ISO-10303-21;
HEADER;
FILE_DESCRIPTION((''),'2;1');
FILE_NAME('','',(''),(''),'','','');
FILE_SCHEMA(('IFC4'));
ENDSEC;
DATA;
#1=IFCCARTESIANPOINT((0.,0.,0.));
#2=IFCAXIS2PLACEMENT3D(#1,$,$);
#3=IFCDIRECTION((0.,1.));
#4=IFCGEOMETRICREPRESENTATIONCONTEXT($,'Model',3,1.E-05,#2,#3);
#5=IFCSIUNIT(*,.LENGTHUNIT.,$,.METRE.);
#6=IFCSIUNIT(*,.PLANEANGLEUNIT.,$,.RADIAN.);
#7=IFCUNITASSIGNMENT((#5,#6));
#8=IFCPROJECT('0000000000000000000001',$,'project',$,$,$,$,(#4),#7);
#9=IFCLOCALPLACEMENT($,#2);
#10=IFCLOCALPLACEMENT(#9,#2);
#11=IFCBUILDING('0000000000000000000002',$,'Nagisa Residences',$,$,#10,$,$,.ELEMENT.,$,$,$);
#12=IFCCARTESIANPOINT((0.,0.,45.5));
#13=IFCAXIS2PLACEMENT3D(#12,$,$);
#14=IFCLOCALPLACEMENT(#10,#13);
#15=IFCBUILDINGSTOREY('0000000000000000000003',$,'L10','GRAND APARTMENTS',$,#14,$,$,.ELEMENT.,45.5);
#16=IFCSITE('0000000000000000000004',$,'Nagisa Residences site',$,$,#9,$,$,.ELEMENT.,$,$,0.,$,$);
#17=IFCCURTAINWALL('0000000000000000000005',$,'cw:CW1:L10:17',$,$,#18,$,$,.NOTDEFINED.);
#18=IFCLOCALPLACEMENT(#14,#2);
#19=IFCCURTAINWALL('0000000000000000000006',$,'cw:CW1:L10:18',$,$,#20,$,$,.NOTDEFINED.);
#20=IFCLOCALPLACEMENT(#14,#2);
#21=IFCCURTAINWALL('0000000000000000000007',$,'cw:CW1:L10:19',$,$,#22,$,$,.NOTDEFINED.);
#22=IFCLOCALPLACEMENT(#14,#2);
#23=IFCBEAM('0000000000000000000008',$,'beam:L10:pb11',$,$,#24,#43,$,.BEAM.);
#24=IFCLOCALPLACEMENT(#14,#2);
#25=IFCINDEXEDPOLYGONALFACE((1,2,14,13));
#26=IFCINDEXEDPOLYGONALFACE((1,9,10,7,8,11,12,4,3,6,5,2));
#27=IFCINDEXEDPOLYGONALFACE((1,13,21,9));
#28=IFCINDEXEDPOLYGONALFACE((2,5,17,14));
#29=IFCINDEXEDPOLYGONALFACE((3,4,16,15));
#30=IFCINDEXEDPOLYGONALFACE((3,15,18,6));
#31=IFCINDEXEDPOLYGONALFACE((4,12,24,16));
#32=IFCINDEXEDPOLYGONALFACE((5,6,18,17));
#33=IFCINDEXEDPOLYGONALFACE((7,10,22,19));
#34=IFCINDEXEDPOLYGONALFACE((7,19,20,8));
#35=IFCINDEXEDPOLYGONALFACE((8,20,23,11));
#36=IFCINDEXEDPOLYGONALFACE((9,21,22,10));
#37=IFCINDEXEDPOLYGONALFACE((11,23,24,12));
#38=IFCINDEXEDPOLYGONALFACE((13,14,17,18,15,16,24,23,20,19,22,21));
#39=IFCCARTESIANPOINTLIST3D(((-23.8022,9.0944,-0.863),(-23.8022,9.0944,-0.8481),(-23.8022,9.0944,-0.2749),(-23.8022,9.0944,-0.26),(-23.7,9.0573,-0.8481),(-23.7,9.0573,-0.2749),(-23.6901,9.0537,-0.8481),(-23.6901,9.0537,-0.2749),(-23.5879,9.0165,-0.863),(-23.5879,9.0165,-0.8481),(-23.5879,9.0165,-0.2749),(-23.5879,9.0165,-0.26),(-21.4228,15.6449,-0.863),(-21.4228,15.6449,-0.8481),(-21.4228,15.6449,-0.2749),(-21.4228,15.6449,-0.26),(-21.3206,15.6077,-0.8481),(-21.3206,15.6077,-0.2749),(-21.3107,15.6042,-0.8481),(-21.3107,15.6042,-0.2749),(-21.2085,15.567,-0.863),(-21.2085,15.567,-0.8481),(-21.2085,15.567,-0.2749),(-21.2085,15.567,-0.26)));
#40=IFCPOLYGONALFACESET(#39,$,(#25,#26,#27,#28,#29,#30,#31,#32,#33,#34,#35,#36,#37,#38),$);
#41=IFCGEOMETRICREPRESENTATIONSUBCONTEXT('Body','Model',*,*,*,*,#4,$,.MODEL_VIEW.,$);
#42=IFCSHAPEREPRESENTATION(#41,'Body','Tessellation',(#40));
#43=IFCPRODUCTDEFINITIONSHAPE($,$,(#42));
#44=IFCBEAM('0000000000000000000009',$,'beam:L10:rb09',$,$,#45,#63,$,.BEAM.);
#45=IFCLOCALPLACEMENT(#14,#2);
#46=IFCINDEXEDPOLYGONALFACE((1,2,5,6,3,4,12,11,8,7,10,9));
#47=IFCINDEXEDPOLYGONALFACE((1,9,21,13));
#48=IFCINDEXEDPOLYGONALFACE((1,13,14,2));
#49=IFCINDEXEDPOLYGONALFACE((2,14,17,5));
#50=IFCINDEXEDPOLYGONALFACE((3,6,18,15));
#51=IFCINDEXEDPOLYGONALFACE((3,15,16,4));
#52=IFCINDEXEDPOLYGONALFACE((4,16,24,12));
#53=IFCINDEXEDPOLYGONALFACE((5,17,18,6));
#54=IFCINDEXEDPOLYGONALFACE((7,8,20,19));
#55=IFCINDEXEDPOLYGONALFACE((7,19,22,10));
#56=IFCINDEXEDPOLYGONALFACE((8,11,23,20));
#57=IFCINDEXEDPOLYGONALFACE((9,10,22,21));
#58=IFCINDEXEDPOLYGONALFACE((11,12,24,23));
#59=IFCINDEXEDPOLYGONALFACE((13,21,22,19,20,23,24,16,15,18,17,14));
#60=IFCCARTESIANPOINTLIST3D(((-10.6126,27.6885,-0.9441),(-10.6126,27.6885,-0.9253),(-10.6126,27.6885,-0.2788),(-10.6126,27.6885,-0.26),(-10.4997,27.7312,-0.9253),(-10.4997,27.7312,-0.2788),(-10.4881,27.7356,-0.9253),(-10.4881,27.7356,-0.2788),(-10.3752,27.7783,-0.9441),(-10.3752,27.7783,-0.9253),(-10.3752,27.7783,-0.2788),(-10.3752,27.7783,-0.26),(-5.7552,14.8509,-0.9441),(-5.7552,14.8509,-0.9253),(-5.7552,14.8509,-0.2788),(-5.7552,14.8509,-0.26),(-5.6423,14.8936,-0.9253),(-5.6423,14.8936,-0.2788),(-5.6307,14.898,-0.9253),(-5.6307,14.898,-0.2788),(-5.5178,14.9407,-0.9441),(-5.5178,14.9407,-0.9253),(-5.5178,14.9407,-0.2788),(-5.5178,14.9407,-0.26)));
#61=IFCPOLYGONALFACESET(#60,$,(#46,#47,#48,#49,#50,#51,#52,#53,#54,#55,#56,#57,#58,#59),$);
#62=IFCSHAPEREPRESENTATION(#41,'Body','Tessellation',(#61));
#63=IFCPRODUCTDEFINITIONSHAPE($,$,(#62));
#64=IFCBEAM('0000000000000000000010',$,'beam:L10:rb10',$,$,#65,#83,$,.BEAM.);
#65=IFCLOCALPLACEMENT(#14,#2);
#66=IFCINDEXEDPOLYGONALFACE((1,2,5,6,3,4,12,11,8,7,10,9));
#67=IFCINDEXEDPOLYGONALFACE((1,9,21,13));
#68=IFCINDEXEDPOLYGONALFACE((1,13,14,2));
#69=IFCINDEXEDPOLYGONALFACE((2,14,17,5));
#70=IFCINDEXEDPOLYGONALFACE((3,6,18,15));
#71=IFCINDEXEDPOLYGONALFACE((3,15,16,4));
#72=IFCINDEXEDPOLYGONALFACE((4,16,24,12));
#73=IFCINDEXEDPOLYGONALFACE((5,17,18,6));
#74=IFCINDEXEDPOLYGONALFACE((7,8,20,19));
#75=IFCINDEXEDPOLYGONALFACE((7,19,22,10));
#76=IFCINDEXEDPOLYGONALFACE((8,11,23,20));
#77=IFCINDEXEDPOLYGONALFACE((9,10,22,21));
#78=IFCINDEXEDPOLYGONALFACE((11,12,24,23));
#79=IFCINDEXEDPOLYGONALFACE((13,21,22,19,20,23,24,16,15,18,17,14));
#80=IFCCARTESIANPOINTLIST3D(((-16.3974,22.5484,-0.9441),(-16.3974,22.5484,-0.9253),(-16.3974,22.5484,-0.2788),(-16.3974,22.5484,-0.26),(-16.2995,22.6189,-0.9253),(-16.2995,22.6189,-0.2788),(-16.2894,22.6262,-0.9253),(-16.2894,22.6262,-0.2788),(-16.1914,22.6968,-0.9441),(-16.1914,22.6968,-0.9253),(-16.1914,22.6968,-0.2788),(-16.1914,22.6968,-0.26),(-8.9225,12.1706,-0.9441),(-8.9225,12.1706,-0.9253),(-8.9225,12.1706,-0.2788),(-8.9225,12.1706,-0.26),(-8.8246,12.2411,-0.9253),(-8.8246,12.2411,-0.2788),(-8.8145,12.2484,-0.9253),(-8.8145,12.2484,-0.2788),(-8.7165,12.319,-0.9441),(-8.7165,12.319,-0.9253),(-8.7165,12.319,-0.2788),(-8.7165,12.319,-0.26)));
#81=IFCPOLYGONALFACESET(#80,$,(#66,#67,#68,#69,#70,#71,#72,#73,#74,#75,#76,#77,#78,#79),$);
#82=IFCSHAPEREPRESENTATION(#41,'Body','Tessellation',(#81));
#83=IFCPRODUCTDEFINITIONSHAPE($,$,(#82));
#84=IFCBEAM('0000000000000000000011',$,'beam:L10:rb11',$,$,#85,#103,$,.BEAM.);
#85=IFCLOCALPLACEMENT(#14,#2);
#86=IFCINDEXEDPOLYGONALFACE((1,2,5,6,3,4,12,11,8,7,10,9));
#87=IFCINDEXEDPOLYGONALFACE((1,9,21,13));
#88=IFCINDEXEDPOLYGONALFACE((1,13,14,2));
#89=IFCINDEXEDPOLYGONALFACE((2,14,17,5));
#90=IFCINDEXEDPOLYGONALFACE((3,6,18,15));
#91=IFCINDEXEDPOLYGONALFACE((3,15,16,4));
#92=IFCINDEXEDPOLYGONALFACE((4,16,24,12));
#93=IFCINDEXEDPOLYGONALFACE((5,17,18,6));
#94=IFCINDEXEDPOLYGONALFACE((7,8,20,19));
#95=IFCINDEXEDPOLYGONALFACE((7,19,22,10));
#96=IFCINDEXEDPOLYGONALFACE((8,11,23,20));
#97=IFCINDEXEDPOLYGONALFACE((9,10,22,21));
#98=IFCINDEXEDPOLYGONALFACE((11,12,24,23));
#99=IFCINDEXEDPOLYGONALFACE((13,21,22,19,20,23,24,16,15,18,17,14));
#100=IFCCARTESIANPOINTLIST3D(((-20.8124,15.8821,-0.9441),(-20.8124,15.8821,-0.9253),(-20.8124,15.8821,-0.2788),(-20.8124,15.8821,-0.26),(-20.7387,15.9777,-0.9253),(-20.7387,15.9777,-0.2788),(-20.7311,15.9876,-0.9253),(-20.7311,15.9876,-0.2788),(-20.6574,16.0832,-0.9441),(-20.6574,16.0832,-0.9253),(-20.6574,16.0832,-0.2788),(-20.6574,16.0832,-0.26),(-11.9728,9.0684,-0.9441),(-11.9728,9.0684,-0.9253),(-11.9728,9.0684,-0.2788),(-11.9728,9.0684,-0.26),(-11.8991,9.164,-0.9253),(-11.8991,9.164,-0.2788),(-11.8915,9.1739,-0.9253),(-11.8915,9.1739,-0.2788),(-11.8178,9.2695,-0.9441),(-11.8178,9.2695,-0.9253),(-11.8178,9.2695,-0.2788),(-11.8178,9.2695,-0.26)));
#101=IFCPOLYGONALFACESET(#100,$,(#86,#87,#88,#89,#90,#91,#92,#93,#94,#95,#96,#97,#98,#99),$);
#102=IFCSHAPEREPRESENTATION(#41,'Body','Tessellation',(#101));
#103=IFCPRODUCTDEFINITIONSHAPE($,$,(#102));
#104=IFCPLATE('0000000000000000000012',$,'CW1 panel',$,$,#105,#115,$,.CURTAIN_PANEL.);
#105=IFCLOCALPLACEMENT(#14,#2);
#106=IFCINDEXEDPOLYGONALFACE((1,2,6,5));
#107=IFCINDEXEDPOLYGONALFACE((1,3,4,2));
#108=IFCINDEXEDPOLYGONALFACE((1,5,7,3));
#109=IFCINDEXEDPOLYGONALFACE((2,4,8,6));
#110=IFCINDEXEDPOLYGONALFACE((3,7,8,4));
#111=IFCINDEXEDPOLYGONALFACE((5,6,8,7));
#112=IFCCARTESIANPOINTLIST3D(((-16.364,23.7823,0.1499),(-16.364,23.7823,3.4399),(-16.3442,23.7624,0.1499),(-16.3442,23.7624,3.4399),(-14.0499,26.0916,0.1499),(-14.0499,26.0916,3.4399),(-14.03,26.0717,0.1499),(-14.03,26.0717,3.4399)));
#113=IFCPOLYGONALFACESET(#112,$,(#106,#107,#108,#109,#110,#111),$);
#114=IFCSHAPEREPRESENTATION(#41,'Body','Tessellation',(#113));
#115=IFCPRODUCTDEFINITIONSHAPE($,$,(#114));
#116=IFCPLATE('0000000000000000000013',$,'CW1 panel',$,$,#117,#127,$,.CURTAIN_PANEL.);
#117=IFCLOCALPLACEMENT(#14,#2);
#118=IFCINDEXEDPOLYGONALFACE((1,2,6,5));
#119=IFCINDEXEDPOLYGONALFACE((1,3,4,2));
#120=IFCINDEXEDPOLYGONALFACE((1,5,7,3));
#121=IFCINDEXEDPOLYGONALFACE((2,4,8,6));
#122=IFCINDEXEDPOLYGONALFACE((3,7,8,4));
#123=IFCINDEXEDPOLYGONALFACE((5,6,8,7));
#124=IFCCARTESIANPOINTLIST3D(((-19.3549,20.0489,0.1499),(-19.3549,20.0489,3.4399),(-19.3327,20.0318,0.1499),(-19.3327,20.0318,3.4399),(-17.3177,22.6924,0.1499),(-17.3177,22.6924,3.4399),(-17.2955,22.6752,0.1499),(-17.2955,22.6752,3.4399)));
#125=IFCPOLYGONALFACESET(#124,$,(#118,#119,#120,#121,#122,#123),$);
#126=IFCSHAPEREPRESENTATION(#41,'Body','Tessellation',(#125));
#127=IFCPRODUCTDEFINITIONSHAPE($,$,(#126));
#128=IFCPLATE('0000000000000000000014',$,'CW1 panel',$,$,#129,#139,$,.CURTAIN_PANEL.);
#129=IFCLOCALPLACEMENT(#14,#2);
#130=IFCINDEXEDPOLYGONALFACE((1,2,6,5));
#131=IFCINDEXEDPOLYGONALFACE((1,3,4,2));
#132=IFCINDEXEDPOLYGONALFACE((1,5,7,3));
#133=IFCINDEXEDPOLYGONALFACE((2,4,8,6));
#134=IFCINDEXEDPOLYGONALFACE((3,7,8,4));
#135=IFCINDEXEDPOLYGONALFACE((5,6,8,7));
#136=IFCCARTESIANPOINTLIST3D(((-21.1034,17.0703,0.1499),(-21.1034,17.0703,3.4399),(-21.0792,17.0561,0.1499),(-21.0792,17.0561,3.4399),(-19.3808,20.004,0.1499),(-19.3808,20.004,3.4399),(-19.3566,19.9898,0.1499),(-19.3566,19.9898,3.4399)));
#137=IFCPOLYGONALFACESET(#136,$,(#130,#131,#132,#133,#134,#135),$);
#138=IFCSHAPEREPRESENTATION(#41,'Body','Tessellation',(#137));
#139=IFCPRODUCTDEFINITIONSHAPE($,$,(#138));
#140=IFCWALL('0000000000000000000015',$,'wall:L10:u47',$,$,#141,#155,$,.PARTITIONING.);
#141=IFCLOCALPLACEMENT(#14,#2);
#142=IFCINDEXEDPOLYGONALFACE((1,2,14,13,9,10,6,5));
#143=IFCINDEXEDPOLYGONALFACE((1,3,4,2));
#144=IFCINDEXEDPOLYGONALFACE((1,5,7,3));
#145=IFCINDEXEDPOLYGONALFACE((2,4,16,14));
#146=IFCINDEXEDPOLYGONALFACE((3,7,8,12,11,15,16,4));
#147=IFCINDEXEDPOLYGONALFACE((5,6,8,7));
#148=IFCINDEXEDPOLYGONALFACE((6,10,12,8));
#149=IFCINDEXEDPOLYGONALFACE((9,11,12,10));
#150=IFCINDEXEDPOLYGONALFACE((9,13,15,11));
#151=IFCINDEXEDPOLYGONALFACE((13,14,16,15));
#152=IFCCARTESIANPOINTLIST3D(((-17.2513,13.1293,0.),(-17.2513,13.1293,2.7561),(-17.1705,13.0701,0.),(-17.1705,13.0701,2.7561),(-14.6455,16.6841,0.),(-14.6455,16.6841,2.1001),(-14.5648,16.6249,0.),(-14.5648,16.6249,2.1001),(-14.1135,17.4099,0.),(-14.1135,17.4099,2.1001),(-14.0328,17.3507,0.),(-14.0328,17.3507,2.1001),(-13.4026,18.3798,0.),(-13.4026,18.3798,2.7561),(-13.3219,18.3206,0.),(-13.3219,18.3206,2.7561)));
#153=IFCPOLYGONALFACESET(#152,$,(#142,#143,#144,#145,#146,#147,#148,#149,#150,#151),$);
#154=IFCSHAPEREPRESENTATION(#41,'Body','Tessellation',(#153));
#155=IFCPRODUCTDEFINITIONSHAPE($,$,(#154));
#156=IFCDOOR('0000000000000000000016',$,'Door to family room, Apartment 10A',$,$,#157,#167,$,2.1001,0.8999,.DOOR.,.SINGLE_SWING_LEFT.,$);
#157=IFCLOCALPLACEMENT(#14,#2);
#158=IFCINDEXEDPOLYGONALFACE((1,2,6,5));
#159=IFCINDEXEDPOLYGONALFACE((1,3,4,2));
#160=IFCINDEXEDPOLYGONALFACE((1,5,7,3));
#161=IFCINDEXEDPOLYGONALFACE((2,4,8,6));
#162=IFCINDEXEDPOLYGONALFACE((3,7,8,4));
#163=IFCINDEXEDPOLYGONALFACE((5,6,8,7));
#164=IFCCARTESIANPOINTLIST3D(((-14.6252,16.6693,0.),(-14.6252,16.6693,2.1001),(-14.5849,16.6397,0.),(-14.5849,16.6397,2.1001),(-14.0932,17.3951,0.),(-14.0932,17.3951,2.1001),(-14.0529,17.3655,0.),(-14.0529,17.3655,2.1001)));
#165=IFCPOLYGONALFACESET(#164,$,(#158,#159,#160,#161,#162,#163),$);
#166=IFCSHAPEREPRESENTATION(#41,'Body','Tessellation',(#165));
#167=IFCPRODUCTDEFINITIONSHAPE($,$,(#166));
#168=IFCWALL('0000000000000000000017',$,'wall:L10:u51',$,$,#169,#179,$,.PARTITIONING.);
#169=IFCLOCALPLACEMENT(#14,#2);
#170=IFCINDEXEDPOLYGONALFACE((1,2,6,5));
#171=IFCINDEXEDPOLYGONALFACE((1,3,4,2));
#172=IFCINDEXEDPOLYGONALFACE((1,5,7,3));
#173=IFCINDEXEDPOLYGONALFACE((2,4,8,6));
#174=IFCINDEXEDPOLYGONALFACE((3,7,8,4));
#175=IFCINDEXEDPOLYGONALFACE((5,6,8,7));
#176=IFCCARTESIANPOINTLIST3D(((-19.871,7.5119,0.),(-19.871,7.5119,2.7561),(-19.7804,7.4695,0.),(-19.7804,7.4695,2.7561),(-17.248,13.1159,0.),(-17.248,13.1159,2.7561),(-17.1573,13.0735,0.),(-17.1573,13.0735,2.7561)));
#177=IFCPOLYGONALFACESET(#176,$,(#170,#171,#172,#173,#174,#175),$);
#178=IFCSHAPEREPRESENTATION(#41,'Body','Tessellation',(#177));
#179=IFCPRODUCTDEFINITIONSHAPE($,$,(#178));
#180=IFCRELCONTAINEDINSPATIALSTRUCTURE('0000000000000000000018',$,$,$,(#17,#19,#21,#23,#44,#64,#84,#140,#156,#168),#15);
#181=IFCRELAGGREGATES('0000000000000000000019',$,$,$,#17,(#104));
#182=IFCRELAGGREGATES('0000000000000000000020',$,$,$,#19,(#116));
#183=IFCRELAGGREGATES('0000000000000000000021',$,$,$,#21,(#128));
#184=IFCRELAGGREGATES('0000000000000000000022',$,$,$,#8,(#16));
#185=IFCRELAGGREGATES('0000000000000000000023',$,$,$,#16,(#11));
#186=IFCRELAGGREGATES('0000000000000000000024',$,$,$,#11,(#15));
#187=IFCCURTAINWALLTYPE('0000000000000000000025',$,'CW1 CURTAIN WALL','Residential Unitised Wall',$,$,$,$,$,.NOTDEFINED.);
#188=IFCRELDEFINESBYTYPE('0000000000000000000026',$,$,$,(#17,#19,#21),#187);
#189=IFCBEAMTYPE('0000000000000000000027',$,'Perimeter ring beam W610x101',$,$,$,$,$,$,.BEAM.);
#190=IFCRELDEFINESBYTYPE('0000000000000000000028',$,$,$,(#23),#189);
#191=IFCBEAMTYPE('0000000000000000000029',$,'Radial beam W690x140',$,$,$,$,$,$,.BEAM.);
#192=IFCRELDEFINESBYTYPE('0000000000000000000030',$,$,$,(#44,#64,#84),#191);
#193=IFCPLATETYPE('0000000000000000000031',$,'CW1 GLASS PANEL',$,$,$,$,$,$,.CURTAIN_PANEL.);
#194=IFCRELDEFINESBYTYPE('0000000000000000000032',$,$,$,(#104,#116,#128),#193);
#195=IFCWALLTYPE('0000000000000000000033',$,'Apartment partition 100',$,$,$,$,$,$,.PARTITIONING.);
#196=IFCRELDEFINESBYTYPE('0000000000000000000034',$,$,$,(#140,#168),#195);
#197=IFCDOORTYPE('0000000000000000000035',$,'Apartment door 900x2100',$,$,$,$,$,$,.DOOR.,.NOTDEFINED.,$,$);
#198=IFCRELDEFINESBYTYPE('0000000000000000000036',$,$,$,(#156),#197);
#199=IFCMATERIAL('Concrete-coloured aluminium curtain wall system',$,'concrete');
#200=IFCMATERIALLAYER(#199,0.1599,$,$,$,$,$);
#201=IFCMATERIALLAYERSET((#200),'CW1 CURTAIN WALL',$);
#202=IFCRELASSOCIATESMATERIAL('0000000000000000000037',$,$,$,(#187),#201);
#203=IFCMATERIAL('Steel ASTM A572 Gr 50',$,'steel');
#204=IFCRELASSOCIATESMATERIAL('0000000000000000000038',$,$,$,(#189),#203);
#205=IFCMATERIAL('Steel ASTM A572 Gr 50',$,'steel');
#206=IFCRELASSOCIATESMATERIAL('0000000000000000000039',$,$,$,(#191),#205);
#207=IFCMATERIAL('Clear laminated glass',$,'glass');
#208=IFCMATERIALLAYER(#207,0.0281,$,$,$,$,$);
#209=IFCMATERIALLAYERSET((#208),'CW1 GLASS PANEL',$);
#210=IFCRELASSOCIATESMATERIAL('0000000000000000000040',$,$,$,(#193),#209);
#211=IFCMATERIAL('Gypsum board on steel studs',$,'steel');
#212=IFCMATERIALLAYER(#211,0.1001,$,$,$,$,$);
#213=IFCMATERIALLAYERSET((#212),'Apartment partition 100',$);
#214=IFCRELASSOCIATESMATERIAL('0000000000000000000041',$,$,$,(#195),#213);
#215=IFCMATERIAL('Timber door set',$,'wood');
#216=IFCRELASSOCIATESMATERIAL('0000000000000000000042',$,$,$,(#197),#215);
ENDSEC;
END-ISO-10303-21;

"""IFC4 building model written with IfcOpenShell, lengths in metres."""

from ifc_helpers import new_model, si_unit, direction, frame, frame_2d, origin, origin_2d, place, context, subcontext, project, spatial, rectangle, i_section, extrude, material, layer, layer_set, material_profile, profile_set, type_object, element, fill, aggregate, save


model = new_model("IFC4")

# Units and contexts
model_context = context("Model", 3, precision=1e-05, world=origin(), true_north=direction((0.0, 1.0)))
body_context = subcontext(model_context, "Body", "Model", "MODEL_VIEW")
ifc_project = project(units=[si_unit("LENGTHUNIT", "METRE"), si_unit("PLANEANGLEUNIT", "RADIAN")], contexts=[model_context])

# Site, building, storey
site_placement = place(None, origin())
site = spatial("IfcSite", under=ifc_project, at=site_placement, Name="Nagisa Residences site", CompositionType="ELEMENT", RefElevation=0.0)
building_placement = place(site_placement, origin())
building = spatial("IfcBuilding", under=site, at=building_placement, Name="Nagisa Residences", CompositionType="ELEMENT")
storey_placement = place(building_placement, frame((0.0, 0.0, 45.5)))
storey = spatial("IfcBuildingStorey", under=building, at=storey_placement, Name="L10", Description="GRAND APARTMENTS", CompositionType="ELEMENT", Elevation=45.5)

# Curtain walls
ifc_material_1 = material(Name="Concrete-coloured aluminium curtain wall system", Category="concrete")
ifc_layer_1 = layer(ifc_material_1, 0.1599)
ifc_layer_set_1 = layer_set([ifc_layer_1], Name="CW1 CURTAIN WALL")
curtain_wall_type = type_object("IfcCurtainWallType", Name="CW1 CURTAIN WALL", Description="Residential Unitised Wall", PredefinedType="NOTDEFINED", material=ifc_layer_set_1)
curtain_wall_1_placement = place(storey_placement, origin())
curtain_wall_1 = element("IfcCurtainWall", 1, at=curtain_wall_1_placement, inside=storey, type_object=curtain_wall_type, Name="cw:CW1:L10:17", PredefinedType="NOTDEFINED")
curtain_wall_2_placement = place(storey_placement, origin())
curtain_wall_2 = element("IfcCurtainWall", 2, at=curtain_wall_2_placement, inside=storey, type_object=curtain_wall_type, Name="cw:CW1:L10:18", PredefinedType="NOTDEFINED")
curtain_wall_3_placement = place(storey_placement, origin())
curtain_wall_3 = element("IfcCurtainWall", 3, at=curtain_wall_3_placement, inside=storey, type_object=curtain_wall_type, Name="cw:CW1:L10:19", PredefinedType="NOTDEFINED")

# Beams
ifc_material_2 = material(Name="Steel ASTM A572 Gr 50", Category="steel")
ifc_material_profile_1 = material_profile(ifc_material_2, i_section(OverallWidth=0.228, OverallDepth=0.603, WebThickness=0.0105, FlangeThickness=0.0149, at=origin_2d()), Name="W610x101")
ifc_profile_set_1 = profile_set([ifc_material_profile_1], Name="Steel ASTM A572 Gr 50")
beam_type_1 = type_object("IfcBeamType", Name="Perimeter ring beam W610x101", PredefinedType="BEAM", material=ifc_profile_set_1)
beam_1_placement = place(storey_placement, frame((-21.3157, 15.606, -0.5615), z_axis=(-0.341411, -0.939914, 0.0), x_axis=(0.939914, -0.341411, 0.0)))
element("IfcBeam", 4, at=beam_1_placement, inside=storey, type_object=beam_type_1, Name="beam:L10:pb11", PredefinedType="BEAM", context=body_context, shape_type="SweptSolid", body=[
    extrude(i_section(OverallWidth=0.228, OverallDepth=0.603, WebThickness=0.0105, FlangeThickness=0.0149, at=origin_2d()), origin(), (0.0, 0.0, 1.0), 6.9692),
])
ifc_material_3 = material(Name="Steel ASTM A572 Gr 50", Category="steel")
ifc_material_profile_2 = material_profile(ifc_material_3, i_section(OverallWidth=0.2539, OverallDepth=0.6841, WebThickness=0.0125, FlangeThickness=0.0188, at=origin_2d()), Name="W690x140")
ifc_profile_set_2 = profile_set([ifc_material_profile_2], Name="Steel ASTM A572 Gr 50")
beam_type_2 = type_object("IfcBeamType", Name="Radial beam W690x140", PredefinedType="BEAM", material=ifc_profile_set_2)
beam_2_placement = place(storey_placement, frame((-10.4939, 27.7334, -0.6021), z_axis=(0.353888, -0.935288, 0.0), x_axis=(0.935288, 0.353888, 0.0)))
element("IfcBeam", 5, at=beam_2_placement, inside=storey, type_object=beam_type_2, Name="beam:L10:rb09", PredefinedType="BEAM", context=body_context, shape_type="SweptSolid", body=[
    extrude(i_section(OverallWidth=0.2539, OverallDepth=0.6841, WebThickness=0.0125, FlangeThickness=0.0188, at=origin_2d()), origin(), (0.0, 0.0, 1.0), 13.7258),
])
beam_3_placement = place(storey_placement, frame((-16.2944, 22.6226, -0.6021), z_axis=(0.584455, -0.811426, 0.0), x_axis=(0.811426, 0.584455, 0.0)))
element("IfcBeam", 6, at=beam_3_placement, inside=storey, type_object=beam_type_2, Name="beam:L10:rb10", PredefinedType="BEAM", context=body_context, shape_type="SweptSolid", body=[
    extrude(i_section(OverallWidth=0.2539, OverallDepth=0.6841, WebThickness=0.0125, FlangeThickness=0.0188, at=origin_2d()), origin(), (0.0, 0.0, 1.0), 12.7896),
])
beam_4_placement = place(storey_placement, frame((-20.7349, 15.9827, -0.6021), z_axis=(0.792016, -0.6105, 0.0), x_axis=(0.6105, 0.792016, 0.0)))
element("IfcBeam", 7, at=beam_4_placement, inside=storey, type_object=beam_type_2, Name="beam:L10:rb11", PredefinedType="BEAM", context=body_context, shape_type="SweptSolid", body=[
    extrude(i_section(OverallWidth=0.2539, OverallDepth=0.6841, WebThickness=0.0125, FlangeThickness=0.0188, at=origin_2d()), origin(), (0.0, 0.0, 1.0), 11.1609),
])

# Plates
ifc_material_4 = material(Name="Clear laminated glass", Category="glass")
ifc_layer_2 = layer(ifc_material_4, 0.0281)
ifc_layer_set_2 = layer_set([ifc_layer_2], Name="CW1 GLASS PANEL")
plate_type = type_object("IfcPlateType", Name="CW1 GLASS PANEL", PredefinedType="CURTAIN_PANEL", material=ifc_layer_set_2)
plate_1_placement = place(storey_placement, frame((-15.197, 24.927, 0.1499), z_axis=(0.0, 0.0, 1.0), x_axis=(-0.707836, -0.706377, 0.0)))
plate_1 = element("IfcPlate", 8, at=plate_1_placement, type_object=plate_type, Name="CW1 panel", PredefinedType="CURTAIN_PANEL", context=body_context, shape_type="SweptSolid", body=[
    extrude(rectangle(XDim=3.2693, YDim=0.0281, at=origin_2d()), origin(), (0.0, 0.0, 1.0), 3.29),
])
aggregate(curtain_wall_1, [plate_1])
plate_2_placement = place(storey_placement, frame((-18.3252, 21.3621, 0.1499), z_axis=(0.0, 0.0, 1.0), x_axis=(-0.61043, -0.79207, 0.0)))
plate_2 = element("IfcPlate", 9, at=plate_2_placement, type_object=plate_type, Name="CW1 panel", PredefinedType="CURTAIN_PANEL", context=body_context, shape_type="SweptSolid", body=[
    extrude(rectangle(XDim=3.3374, YDim=0.0281, at=origin_2d()), origin(), (0.0, 0.0, 1.0), 3.29),
])
aggregate(curtain_wall_2, [plate_2])
plate_3_placement = place(storey_placement, frame((-20.23, 18.53, 0.1499), z_axis=(0.0, 0.0, 1.0), x_axis=(-0.506349, -0.862329, 0.0)))
plate_3 = element("IfcPlate", 10, at=plate_3_placement, type_object=plate_type, Name="CW1 panel", PredefinedType="CURTAIN_PANEL", context=body_context, shape_type="SweptSolid", body=[
    extrude(rectangle(XDim=3.4021, YDim=0.0281, at=origin_2d()), origin(), (0.0, 0.0, 1.0), 3.29),
])
aggregate(curtain_wall_3, [plate_3])

# Wall, opening, door
ifc_material_5 = material(Name="Gypsum board on steel studs", Category="steel")
ifc_layer_3 = layer(ifc_material_5, 0.1001)
ifc_layer_set_3 = layer_set([ifc_layer_3], Name="Apartment partition 100")
wall_type_1 = type_object("IfcWallType", Name="Apartment partition 100", PredefinedType="PARTITIONING", material=ifc_layer_set_3)
wall_1_placement = place(storey_placement, frame((-13.3623, 18.3501, 0.0), z_axis=(0.0, 0.0, 1.0), x_axis=(-0.591191, -0.806531, 0.0)))
wall_1 = element("IfcWall", 11, at=wall_1_placement, inside=storey, type_object=wall_type_1, Name="wall:L10:u47", PredefinedType="PARTITIONING", context=body_context, shape_type="SweptSolid", body=[
    extrude(rectangle(XDim=6.51, YDim=0.1001, at=frame_2d((3.2549, 0.0))), origin(), (0.0, 0.0, 1.0), 2.7561),
])
opening_1_placement = place(wall_1_placement, frame((1.2024, 0.0, 0.0)))
opening_1 = element("IfcOpeningElement", 12, at=opening_1_placement, cuts=wall_1, PredefinedType="OPENING", context=body_context, shape_type="SweptSolid", body=[
    extrude(rectangle(XDim=0.8999, YDim=2.1001, at=frame_2d((0.45, 1.05))), frame((0.0, 0.0601, 0.0), z_axis=(0.0, -1.0, 0.0), x_axis=(1.0, 0.0, 0.0)), (0.0, 0.0, 1.0), 0.1201),
])
ifc_material_6 = material(Name="Timber door set", Category="wood")
door_type_1 = type_object("IfcDoorType", Name="Apartment door 900x2100", OperationType="NOTDEFINED", PredefinedType="DOOR", material=ifc_material_6)
door_1_placement = place(opening_1_placement, frame((0.8999, 0.0, 0.0), x_axis=(-1.0, 0.0, 0.0)))
door_1 = element("IfcDoor", 13, at=door_1_placement, inside=storey, type_object=door_type_1, Name="Door to family room, Apartment 10A", OperationType="SINGLE_SWING_LEFT", OverallHeight=2.1001, OverallWidth=0.8999, PredefinedType="DOOR", context=body_context, shape_type="SweptSolid", body=[
    extrude(rectangle(XDim=0.8999, YDim=2.1001, at=frame_2d((0.45, 1.05))), frame((0.0, 0.0249, 0.0), z_axis=(0.0, -1.0, 0.0), x_axis=(1.0, 0.0, 0.0)), (0.0, 0.0, 1.0), 0.05),
])
fill(opening_1, door_1)

# Wall
wall_2_placement = place(storey_placement, frame((-17.2026, 13.0947, 0.0), z_axis=(0.0, 0.0, 1.0), x_axis=(-0.423926, -0.905697, 0.0)))
element("IfcWall", 14, at=wall_2_placement, inside=storey, type_object=wall_type_1, Name="wall:L10:u51", PredefinedType="PARTITIONING", context=body_context, shape_type="SweptSolid", body=[
    extrude(rectangle(XDim=6.1875, YDim=0.1001, at=frame_2d((3.0938, 0.0))), origin(), (0.0, 0.0, 1.0), 2.7561),
])

save(model, "model.ifc")
